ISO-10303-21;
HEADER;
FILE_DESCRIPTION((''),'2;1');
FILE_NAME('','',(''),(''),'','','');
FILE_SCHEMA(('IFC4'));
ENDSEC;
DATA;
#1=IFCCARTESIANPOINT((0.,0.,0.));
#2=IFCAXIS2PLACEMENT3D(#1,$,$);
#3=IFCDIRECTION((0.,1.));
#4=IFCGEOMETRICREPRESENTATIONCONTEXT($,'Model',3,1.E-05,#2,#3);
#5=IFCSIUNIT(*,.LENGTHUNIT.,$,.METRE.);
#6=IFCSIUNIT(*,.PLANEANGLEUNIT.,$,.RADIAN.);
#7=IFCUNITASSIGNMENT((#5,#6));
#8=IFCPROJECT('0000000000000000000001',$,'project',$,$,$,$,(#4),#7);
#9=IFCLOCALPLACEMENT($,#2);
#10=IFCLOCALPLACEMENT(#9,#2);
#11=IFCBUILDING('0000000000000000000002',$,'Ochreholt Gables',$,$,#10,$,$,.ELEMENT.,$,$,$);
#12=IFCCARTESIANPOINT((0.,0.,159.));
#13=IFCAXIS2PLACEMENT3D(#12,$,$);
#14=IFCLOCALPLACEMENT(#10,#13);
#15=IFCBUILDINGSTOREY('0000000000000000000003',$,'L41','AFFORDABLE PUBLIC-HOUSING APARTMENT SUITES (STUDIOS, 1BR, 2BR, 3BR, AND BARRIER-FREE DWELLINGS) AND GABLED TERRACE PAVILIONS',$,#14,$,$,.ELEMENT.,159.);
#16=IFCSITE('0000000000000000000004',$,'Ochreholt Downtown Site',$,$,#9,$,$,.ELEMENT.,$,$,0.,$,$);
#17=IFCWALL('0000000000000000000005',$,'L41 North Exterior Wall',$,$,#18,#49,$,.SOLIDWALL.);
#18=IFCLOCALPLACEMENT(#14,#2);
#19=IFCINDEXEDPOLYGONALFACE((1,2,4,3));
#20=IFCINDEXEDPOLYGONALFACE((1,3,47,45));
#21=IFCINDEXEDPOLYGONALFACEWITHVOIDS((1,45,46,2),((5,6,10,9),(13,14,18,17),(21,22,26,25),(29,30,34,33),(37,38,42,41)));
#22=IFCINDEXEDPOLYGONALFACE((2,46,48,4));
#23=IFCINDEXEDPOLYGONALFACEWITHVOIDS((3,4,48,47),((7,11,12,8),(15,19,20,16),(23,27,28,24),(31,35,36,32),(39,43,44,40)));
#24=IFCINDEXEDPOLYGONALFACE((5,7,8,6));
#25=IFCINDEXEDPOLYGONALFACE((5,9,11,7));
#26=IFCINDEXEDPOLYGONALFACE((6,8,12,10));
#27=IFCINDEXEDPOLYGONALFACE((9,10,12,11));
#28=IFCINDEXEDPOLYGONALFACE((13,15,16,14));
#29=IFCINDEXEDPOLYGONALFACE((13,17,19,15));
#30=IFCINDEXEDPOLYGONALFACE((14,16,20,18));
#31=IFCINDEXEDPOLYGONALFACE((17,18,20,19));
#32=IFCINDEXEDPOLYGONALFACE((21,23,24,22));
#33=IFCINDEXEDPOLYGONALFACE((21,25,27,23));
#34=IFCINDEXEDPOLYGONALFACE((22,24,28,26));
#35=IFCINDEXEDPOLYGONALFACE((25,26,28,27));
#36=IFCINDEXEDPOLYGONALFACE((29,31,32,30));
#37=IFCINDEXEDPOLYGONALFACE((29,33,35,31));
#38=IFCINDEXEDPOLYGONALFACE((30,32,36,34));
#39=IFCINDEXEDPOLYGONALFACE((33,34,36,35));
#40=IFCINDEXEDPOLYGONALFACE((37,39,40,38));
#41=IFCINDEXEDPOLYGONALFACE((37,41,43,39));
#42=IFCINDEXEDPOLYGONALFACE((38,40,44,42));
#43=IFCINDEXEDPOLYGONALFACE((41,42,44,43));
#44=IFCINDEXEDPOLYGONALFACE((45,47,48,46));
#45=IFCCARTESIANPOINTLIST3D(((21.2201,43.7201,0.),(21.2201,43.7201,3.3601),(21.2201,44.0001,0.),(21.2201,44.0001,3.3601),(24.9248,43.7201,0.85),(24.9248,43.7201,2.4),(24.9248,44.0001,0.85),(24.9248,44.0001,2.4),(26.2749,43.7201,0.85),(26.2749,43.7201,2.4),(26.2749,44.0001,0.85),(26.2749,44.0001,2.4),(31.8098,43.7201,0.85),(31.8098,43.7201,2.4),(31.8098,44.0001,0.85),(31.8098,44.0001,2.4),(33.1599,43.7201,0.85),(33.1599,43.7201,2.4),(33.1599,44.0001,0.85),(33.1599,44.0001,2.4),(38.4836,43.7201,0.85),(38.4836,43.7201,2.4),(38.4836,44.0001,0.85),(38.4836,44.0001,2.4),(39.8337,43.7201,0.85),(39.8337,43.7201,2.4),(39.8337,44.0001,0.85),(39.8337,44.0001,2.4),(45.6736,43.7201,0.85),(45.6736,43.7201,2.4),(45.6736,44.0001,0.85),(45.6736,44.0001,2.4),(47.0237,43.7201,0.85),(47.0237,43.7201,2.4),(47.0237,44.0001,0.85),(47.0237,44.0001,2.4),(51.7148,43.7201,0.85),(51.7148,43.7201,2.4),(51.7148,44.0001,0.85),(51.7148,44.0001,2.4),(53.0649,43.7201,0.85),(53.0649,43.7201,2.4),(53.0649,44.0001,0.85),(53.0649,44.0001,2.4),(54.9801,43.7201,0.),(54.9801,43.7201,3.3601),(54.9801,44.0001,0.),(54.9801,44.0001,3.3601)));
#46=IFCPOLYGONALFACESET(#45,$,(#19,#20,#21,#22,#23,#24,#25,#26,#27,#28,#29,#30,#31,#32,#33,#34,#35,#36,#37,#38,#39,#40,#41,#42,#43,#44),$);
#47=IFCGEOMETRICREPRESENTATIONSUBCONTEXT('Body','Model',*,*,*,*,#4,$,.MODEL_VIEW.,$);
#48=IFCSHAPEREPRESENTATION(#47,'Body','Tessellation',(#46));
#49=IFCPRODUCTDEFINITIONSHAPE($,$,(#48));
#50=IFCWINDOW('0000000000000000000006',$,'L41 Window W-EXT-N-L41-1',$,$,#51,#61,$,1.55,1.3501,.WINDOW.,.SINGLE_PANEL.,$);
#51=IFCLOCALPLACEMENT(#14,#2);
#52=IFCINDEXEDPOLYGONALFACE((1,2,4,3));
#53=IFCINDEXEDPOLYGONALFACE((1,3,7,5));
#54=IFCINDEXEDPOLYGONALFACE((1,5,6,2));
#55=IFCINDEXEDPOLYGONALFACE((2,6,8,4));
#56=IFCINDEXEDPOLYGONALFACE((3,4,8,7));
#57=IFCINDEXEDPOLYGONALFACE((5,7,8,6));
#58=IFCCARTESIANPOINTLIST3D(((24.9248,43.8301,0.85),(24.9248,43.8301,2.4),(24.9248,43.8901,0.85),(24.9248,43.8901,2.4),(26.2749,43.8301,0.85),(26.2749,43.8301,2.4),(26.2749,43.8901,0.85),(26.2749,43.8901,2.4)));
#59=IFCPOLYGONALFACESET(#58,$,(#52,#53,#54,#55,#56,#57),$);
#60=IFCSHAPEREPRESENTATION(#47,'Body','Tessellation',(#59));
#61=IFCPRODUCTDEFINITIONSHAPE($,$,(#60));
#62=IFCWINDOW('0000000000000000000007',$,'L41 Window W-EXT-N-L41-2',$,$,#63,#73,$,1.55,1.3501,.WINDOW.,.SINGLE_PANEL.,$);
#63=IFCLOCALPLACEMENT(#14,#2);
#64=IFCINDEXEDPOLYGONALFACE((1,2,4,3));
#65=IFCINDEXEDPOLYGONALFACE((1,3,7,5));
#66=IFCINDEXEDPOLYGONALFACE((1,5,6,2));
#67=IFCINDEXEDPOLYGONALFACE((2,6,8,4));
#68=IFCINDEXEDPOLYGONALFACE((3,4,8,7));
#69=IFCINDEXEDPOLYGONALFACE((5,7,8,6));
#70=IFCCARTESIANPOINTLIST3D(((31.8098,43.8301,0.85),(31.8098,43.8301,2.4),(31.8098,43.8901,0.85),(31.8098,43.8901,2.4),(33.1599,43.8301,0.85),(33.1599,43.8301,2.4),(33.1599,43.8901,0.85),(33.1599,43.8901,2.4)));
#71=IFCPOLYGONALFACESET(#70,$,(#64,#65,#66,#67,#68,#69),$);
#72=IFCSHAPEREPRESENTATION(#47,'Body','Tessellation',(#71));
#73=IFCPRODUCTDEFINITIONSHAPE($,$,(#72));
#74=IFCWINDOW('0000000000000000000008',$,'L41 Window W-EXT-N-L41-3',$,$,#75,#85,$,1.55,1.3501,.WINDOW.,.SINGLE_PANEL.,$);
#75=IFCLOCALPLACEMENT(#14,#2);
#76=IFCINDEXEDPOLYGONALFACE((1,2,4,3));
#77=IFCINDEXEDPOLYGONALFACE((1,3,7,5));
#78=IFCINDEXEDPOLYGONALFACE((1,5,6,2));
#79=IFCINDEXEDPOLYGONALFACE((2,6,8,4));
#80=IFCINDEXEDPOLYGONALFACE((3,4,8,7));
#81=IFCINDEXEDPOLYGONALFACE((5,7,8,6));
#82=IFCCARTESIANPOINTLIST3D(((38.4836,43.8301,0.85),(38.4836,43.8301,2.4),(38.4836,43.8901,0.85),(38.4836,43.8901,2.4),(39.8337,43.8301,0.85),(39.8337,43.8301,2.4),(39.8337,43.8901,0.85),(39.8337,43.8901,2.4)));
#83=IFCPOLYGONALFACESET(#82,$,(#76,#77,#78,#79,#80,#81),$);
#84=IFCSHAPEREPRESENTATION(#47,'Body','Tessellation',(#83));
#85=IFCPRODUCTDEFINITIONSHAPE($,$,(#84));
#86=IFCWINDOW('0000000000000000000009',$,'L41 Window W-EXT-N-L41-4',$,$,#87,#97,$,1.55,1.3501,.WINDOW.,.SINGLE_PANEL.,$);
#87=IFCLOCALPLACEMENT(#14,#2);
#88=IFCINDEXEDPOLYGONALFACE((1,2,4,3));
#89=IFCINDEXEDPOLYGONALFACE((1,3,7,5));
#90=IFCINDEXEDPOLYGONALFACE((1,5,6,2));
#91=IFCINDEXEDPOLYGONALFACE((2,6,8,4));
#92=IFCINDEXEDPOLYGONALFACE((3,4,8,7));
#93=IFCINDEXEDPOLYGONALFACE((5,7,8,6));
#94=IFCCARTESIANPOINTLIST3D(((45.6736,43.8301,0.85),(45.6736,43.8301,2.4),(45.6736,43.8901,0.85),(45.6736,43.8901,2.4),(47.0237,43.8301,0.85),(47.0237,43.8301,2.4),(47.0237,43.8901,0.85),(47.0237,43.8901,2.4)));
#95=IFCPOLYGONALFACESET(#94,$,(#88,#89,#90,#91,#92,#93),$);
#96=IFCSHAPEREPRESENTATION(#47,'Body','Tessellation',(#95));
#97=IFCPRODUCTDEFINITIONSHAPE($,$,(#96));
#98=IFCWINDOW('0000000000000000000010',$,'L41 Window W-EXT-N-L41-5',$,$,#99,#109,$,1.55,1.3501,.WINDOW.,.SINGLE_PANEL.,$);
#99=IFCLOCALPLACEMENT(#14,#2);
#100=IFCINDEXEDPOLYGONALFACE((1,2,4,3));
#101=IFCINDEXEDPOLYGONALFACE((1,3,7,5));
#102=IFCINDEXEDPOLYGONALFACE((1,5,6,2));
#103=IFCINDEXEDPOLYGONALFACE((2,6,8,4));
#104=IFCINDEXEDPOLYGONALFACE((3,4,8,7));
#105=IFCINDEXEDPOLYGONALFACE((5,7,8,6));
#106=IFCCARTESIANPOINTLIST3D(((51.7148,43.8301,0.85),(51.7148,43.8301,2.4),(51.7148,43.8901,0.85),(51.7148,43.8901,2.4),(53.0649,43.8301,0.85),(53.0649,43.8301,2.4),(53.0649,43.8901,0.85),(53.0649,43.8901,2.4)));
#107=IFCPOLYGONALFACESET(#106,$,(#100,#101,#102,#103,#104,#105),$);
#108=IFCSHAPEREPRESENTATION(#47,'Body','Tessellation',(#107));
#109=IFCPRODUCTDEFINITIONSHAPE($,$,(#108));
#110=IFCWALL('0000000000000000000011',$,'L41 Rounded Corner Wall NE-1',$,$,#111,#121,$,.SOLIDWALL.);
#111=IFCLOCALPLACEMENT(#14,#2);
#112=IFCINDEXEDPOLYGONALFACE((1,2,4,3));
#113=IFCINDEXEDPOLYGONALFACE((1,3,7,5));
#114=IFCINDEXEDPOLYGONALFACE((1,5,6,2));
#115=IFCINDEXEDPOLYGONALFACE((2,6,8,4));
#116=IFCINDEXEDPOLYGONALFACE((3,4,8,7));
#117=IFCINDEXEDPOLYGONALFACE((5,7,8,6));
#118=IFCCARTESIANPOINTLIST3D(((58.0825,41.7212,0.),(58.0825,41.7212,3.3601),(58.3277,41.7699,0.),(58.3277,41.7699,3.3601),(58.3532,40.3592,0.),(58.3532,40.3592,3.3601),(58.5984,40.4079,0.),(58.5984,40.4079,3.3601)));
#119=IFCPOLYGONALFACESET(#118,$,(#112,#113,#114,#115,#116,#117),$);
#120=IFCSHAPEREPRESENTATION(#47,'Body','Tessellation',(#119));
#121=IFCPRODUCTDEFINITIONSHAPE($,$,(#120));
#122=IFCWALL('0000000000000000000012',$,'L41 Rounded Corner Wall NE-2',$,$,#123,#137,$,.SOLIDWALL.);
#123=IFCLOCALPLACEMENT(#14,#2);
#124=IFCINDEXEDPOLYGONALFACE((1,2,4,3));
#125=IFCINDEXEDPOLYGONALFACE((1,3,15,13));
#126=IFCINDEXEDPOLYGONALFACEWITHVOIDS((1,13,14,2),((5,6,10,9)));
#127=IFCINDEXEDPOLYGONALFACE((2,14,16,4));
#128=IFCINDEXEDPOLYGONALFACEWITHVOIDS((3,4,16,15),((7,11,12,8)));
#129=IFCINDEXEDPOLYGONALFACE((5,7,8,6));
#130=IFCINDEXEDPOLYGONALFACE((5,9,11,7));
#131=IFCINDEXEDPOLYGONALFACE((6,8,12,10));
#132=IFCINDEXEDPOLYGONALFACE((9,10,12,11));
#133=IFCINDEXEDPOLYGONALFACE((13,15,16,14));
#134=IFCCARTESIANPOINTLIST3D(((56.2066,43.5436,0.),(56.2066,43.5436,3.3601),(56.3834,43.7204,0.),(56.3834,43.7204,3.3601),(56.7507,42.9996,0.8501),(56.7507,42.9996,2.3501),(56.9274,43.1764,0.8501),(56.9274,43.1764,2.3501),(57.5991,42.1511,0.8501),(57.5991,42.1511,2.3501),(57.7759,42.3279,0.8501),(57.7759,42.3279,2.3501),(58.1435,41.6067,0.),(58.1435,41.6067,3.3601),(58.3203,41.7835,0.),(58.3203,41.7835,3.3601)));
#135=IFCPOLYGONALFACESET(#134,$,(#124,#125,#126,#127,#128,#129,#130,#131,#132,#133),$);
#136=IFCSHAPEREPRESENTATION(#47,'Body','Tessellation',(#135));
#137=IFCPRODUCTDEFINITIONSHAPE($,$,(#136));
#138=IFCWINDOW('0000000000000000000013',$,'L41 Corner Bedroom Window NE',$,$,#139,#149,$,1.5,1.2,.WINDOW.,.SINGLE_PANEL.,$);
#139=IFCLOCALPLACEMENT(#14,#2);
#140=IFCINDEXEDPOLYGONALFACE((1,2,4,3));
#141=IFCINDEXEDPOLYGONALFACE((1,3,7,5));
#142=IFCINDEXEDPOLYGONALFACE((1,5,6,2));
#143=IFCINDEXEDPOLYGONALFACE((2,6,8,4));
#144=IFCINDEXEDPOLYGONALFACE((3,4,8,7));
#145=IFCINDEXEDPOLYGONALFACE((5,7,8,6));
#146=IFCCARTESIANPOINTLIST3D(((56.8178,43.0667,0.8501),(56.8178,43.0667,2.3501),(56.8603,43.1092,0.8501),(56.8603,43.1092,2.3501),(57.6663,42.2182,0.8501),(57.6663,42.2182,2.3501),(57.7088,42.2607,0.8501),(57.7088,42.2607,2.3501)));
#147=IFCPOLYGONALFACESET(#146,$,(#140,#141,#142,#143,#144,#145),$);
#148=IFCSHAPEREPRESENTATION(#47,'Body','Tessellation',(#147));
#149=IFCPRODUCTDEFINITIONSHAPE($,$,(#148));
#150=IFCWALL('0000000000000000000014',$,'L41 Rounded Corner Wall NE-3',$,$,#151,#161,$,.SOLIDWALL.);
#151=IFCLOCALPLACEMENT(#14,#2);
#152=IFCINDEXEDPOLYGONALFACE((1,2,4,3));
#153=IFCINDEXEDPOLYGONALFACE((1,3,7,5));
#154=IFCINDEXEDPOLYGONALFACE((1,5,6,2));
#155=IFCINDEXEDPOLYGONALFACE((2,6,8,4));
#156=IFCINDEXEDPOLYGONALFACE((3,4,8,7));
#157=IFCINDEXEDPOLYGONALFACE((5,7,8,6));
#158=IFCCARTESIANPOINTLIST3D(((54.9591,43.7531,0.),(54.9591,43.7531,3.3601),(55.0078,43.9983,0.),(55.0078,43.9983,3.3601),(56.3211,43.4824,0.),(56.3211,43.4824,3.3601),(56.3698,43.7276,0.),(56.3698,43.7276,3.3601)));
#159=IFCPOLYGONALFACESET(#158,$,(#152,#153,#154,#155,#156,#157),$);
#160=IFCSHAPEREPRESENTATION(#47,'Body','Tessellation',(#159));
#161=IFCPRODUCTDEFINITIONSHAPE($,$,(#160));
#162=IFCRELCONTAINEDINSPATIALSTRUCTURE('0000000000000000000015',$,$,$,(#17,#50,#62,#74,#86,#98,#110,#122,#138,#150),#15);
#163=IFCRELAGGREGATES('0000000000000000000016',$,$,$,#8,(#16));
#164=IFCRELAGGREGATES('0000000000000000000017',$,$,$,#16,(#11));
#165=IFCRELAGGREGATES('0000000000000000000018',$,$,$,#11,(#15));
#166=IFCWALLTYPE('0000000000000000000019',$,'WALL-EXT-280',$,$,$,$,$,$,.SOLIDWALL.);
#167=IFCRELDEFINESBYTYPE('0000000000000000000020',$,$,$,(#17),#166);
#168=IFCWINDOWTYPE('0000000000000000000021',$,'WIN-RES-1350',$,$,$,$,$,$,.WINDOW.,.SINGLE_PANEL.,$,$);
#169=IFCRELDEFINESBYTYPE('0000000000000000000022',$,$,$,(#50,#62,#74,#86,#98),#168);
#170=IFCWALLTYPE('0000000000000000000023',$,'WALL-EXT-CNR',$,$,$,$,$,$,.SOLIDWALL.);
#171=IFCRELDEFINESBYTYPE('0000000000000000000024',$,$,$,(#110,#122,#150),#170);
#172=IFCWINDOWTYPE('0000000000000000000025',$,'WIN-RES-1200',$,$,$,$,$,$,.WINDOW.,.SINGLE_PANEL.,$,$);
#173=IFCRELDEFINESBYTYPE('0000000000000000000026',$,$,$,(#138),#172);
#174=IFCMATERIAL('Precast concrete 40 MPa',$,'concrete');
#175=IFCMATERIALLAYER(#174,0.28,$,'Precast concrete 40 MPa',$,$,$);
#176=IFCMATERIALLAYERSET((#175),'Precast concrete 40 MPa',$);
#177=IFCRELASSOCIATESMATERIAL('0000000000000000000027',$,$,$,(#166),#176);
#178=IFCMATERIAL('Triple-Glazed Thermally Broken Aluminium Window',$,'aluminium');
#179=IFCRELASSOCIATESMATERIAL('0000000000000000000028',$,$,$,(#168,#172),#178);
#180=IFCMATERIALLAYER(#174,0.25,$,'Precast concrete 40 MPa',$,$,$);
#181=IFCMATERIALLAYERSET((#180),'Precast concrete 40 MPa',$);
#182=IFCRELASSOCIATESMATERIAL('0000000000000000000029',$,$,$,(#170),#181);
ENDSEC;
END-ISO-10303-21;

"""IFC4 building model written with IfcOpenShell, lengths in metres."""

from ifc_helpers import new_model, si_unit, direction, frame, frame_2d, origin, place, context, subcontext, project, spatial, rectangle, extrude, material, layer, layer_set, type_object, element, fill, save


model = new_model("IFC4")

# Units and contexts
model_context = context("Model", 3, precision=1e-05, world=origin(), true_north=direction((0.0, 1.0)))
body_context = subcontext(model_context, "Body", "Model", "MODEL_VIEW")
ifc_project = project(units=[si_unit("LENGTHUNIT", "METRE"), si_unit("PLANEANGLEUNIT", "RADIAN")], contexts=[model_context])

# Site, building, storey
site_placement = place(None, origin())
site = spatial("IfcSite", under=ifc_project, at=site_placement, Name="Ochreholt Downtown Site", CompositionType="ELEMENT", RefElevation=0.0)
building_placement = place(site_placement, origin())
building = spatial("IfcBuilding", under=site, at=building_placement, Name="Ochreholt Gables", CompositionType="ELEMENT")
storey_placement = place(building_placement, frame((0.0, 0.0, 159.0)))
storey = spatial("IfcBuildingStorey", under=building, at=storey_placement, Name="L41", Description="AFFORDABLE PUBLIC-HOUSING APARTMENT SUITES (STUDIOS, 1BR, 2BR, 3BR, AND BARRIER-FREE DWELLINGS) AND GABLED TERRACE PAVILIONS", CompositionType="ELEMENT", Elevation=159.0)

# Wall, openings, windows
ifc_material_1 = material(Name="Precast concrete 40 MPa", Category="concrete")
ifc_layer_1 = layer(ifc_material_1, 0.28, Name="Precast concrete 40 MPa")
ifc_layer_set_1 = layer_set([ifc_layer_1], Name="Precast concrete 40 MPa")
wall_type_1 = type_object("IfcWallType", Name="WALL-EXT-280", PredefinedType="SOLIDWALL", material=ifc_layer_set_1)
wall_1_placement = place(storey_placement, frame((54.98, 43.8601, 0.0), z_axis=(0.0, 0.0, 1.0), x_axis=(-1.0, 0.0, 0.0)))
wall_1 = element("IfcWall", 1, at=wall_1_placement, inside=storey, type_object=wall_type_1, Name="L41 North Exterior Wall", PredefinedType="SOLIDWALL", context=body_context, shape_type="SweptSolid", body=[
    extrude(rectangle(XDim=33.76, YDim=0.28, at=frame_2d((16.8799, 0.0))), origin(), (0.0, 0.0, 1.0), 3.3601),
])
opening_1_placement = place(wall_1_placement, frame((28.7051, 0.0, 0.8501)))
opening_1 = element("IfcOpeningElement", 2, at=opening_1_placement, cuts=wall_1, PredefinedType="OPENING", context=body_context, shape_type="SweptSolid", body=[
    extrude(rectangle(XDim=1.3501, YDim=1.55, at=frame_2d((0.675, 0.7749))), frame((0.0, 0.1499, 0.0), z_axis=(0.0, -1.0, 0.0), x_axis=(1.0, 0.0, 0.0)), (0.0, 0.0, 1.0), 0.3),
])
opening_2_placement = place(wall_1_placement, frame((21.8201, 0.0, 0.8501)))
opening_2 = element("IfcOpeningElement", 3, at=opening_2_placement, cuts=wall_1, PredefinedType="OPENING", context=body_context, shape_type="SweptSolid", body=[
    extrude(rectangle(XDim=1.3501, YDim=1.55, at=frame_2d((0.675, 0.7749))), frame((0.0, 0.1499, 0.0), z_axis=(0.0, -1.0, 0.0), x_axis=(1.0, 0.0, 0.0)), (0.0, 0.0, 1.0), 0.3),
])
opening_3_placement = place(wall_1_placement, frame((15.1462, 0.0, 0.8501)))
opening_3 = element("IfcOpeningElement", 4, at=opening_3_placement, cuts=wall_1, PredefinedType="OPENING", context=body_context, shape_type="SweptSolid", body=[
    extrude(rectangle(XDim=1.3501, YDim=1.55, at=frame_2d((0.675, 0.7749))), frame((0.0, 0.1499, 0.0), z_axis=(0.0, -1.0, 0.0), x_axis=(1.0, 0.0, 0.0)), (0.0, 0.0, 1.0), 0.3),
])
opening_4_placement = place(wall_1_placement, frame((7.9563, 0.0, 0.8501)))
opening_4 = element("IfcOpeningElement", 5, at=opening_4_placement, cuts=wall_1, PredefinedType="OPENING", context=body_context, shape_type="SweptSolid", body=[
    extrude(rectangle(XDim=1.3501, YDim=1.55, at=frame_2d((0.675, 0.7749))), frame((0.0, 0.1499, 0.0), z_axis=(0.0, -1.0, 0.0), x_axis=(1.0, 0.0, 0.0)), (0.0, 0.0, 1.0), 0.3),
])
opening_5_placement = place(wall_1_placement, frame((1.915, 0.0, 0.8501)))
opening_5 = element("IfcOpeningElement", 6, at=opening_5_placement, cuts=wall_1, PredefinedType="OPENING", context=body_context, shape_type="SweptSolid", body=[
    extrude(rectangle(XDim=1.3501, YDim=1.55, at=frame_2d((0.675, 0.7749))), frame((0.0, 0.1499, 0.0), z_axis=(0.0, -1.0, 0.0), x_axis=(1.0, 0.0, 0.0)), (0.0, 0.0, 1.0), 0.3),
])
ifc_material_2 = material(Name="Triple-Glazed Thermally Broken Aluminium Window", Category="aluminium")
window_type_1 = type_object("IfcWindowType", Name="WIN-RES-1350", PartitioningType="SINGLE_PANEL", PredefinedType="WINDOW", material=ifc_material_2)
window_1_placement = place(opening_1_placement, origin())
window_1 = element("IfcWindow", 7, at=window_1_placement, inside=storey, type_object=window_type_1, Name="L41 Window W-EXT-N-L41-1", OverallHeight=1.55, OverallWidth=1.3501, PartitioningType="SINGLE_PANEL", PredefinedType="WINDOW", context=body_context, shape_type="SweptSolid", body=[
    extrude(rectangle(XDim=1.3501, YDim=1.55, at=frame_2d((0.675, 0.7749))), frame((0.0, 0.03, 0.0), z_axis=(0.0, -1.0, 0.0), x_axis=(1.0, 0.0, 0.0)), (0.0, 0.0, 1.0), 0.0601),
])
fill(opening_1, window_1)
window_2_placement = place(opening_2_placement, origin())
window_2 = element("IfcWindow", 8, at=window_2_placement, inside=storey, type_object=window_type_1, Name="L41 Window W-EXT-N-L41-2", OverallHeight=1.55, OverallWidth=1.3501, PartitioningType="SINGLE_PANEL", PredefinedType="WINDOW", context=body_context, shape_type="SweptSolid", body=[
    extrude(rectangle(XDim=1.3501, YDim=1.55, at=frame_2d((0.675, 0.7749))), frame((0.0, 0.03, 0.0), z_axis=(0.0, -1.0, 0.0), x_axis=(1.0, 0.0, 0.0)), (0.0, 0.0, 1.0), 0.0601),
])
fill(opening_2, window_2)
window_3_placement = place(opening_3_placement, origin())
window_3 = element("IfcWindow", 9, at=window_3_placement, inside=storey, type_object=window_type_1, Name="L41 Window W-EXT-N-L41-3", OverallHeight=1.55, OverallWidth=1.3501, PartitioningType="SINGLE_PANEL", PredefinedType="WINDOW", context=body_context, shape_type="SweptSolid", body=[
    extrude(rectangle(XDim=1.3501, YDim=1.55, at=frame_2d((0.675, 0.7749))), frame((0.0, 0.03, 0.0), z_axis=(0.0, -1.0, 0.0), x_axis=(1.0, 0.0, 0.0)), (0.0, 0.0, 1.0), 0.0601),
])
fill(opening_3, window_3)
window_4_placement = place(opening_4_placement, origin())
window_4 = element("IfcWindow", 10, at=window_4_placement, inside=storey, type_object=window_type_1, Name="L41 Window W-EXT-N-L41-4", OverallHeight=1.55, OverallWidth=1.3501, PartitioningType="SINGLE_PANEL", PredefinedType="WINDOW", context=body_context, shape_type="SweptSolid", body=[
    extrude(rectangle(XDim=1.3501, YDim=1.55, at=frame_2d((0.675, 0.7749))), frame((0.0, 0.03, 0.0), z_axis=(0.0, -1.0, 0.0), x_axis=(1.0, 0.0, 0.0)), (0.0, 0.0, 1.0), 0.0601),
])
fill(opening_4, window_4)
window_5_placement = place(opening_5_placement, origin())
window_5 = element("IfcWindow", 11, at=window_5_placement, inside=storey, type_object=window_type_1, Name="L41 Window W-EXT-N-L41-5", OverallHeight=1.55, OverallWidth=1.3501, PartitioningType="SINGLE_PANEL", PredefinedType="WINDOW", context=body_context, shape_type="SweptSolid", body=[
    extrude(rectangle(XDim=1.3501, YDim=1.55, at=frame_2d((0.675, 0.7749))), frame((0.0, 0.03, 0.0), z_axis=(0.0, -1.0, 0.0), x_axis=(1.0, 0.0, 0.0)), (0.0, 0.0, 1.0), 0.0601),
])
fill(opening_5, window_5)

# Wall
ifc_layer_2 = layer(ifc_material_1, 0.25, Name="Precast concrete 40 MPa")
ifc_layer_set_2 = layer_set([ifc_layer_2], Name="Precast concrete 40 MPa")
wall_type_2 = type_object("IfcWallType", Name="WALL-EXT-CNR", PredefinedType="SOLIDWALL", material=ifc_layer_set_2)
wall_2_placement = place(storey_placement, frame((58.4758, 40.3835, 0.0), z_axis=(0.0, 0.0, 1.0), x_axis=(-0.194967, 0.98081, 0.0)))
element("IfcWall", 12, at=wall_2_placement, inside=storey, type_object=wall_type_2, Name="L41 Rounded Corner Wall NE-1", PredefinedType="SOLIDWALL", context=body_context, shape_type="SweptSolid", body=[
    extrude(rectangle(XDim=1.3887, YDim=0.25, at=frame_2d((0.6943, 0.0))), origin(), (0.0, 0.0, 1.0), 3.3601),
])

# Wall, opening, window
wall_3_placement = place(storey_placement, frame((58.2319, 41.6951, 0.0), z_axis=(0.0, 0.0, 1.0), x_axis=(-0.707107, 0.707107, 0.0)))
wall_3 = element("IfcWall", 13, at=wall_3_placement, inside=storey, type_object=wall_type_2, Name="L41 Rounded Corner Wall NE-2", PredefinedType="SOLIDWALL", context=body_context, shape_type="SweptSolid", body=[
    extrude(rectangle(XDim=2.7393, YDim=0.25, at=frame_2d((1.3696, 0.0))), origin(), (0.0, 0.0, 1.0), 3.3601),
])
opening_6_placement = place(wall_3_placement, frame((0.7698, 0.0, 0.8501)))
opening_6 = element("IfcOpeningElement", 14, at=opening_6_placement, cuts=wall_3, PredefinedType="OPENING", context=body_context, shape_type="SweptSolid", body=[
    extrude(rectangle(XDim=1.2, YDim=1.5, at=frame_2d((0.6001, 0.75))), frame((0.0, 0.135, 0.0), z_axis=(0.0, -1.0, 0.0), x_axis=(1.0, 0.0, 0.0)), (0.0, 0.0, 1.0), 0.27),
])
window_type_2 = type_object("IfcWindowType", Name="WIN-RES-1200", PartitioningType="SINGLE_PANEL", PredefinedType="WINDOW", material=ifc_material_2)
window_6_placement = place(opening_6_placement, origin())
window_6 = element("IfcWindow", 15, at=window_6_placement, inside=storey, type_object=window_type_2, Name="L41 Corner Bedroom Window NE", OverallHeight=1.5, OverallWidth=1.2, PartitioningType="SINGLE_PANEL", PredefinedType="WINDOW", context=body_context, shape_type="SweptSolid", body=[
    extrude(rectangle(XDim=1.2, YDim=1.5, at=frame_2d((0.6001, 0.75))), frame((0.0, 0.03, 0.0), z_axis=(0.0, -1.0, 0.0), x_axis=(1.0, 0.0, 0.0)), (0.0, 0.0, 1.0), 0.0601),
])
fill(opening_6, window_6)

# Wall
wall_4_placement = place(storey_placement, frame((56.3455, 43.605, 0.0), z_axis=(0.0, 0.0, 1.0), x_axis=(-0.98081, 0.194967, 0.0)))
element("IfcWall", 16, at=wall_4_placement, inside=storey, type_object=wall_type_2, Name="L41 Rounded Corner Wall NE-3", PredefinedType="SOLIDWALL", context=body_context, shape_type="SweptSolid", body=[
    extrude(rectangle(XDim=1.3887, YDim=0.25, at=frame_2d((0.6943, 0.0))), origin(), (0.0, 0.0, 1.0), 3.3601),
])

save(model, "model.ifc")
